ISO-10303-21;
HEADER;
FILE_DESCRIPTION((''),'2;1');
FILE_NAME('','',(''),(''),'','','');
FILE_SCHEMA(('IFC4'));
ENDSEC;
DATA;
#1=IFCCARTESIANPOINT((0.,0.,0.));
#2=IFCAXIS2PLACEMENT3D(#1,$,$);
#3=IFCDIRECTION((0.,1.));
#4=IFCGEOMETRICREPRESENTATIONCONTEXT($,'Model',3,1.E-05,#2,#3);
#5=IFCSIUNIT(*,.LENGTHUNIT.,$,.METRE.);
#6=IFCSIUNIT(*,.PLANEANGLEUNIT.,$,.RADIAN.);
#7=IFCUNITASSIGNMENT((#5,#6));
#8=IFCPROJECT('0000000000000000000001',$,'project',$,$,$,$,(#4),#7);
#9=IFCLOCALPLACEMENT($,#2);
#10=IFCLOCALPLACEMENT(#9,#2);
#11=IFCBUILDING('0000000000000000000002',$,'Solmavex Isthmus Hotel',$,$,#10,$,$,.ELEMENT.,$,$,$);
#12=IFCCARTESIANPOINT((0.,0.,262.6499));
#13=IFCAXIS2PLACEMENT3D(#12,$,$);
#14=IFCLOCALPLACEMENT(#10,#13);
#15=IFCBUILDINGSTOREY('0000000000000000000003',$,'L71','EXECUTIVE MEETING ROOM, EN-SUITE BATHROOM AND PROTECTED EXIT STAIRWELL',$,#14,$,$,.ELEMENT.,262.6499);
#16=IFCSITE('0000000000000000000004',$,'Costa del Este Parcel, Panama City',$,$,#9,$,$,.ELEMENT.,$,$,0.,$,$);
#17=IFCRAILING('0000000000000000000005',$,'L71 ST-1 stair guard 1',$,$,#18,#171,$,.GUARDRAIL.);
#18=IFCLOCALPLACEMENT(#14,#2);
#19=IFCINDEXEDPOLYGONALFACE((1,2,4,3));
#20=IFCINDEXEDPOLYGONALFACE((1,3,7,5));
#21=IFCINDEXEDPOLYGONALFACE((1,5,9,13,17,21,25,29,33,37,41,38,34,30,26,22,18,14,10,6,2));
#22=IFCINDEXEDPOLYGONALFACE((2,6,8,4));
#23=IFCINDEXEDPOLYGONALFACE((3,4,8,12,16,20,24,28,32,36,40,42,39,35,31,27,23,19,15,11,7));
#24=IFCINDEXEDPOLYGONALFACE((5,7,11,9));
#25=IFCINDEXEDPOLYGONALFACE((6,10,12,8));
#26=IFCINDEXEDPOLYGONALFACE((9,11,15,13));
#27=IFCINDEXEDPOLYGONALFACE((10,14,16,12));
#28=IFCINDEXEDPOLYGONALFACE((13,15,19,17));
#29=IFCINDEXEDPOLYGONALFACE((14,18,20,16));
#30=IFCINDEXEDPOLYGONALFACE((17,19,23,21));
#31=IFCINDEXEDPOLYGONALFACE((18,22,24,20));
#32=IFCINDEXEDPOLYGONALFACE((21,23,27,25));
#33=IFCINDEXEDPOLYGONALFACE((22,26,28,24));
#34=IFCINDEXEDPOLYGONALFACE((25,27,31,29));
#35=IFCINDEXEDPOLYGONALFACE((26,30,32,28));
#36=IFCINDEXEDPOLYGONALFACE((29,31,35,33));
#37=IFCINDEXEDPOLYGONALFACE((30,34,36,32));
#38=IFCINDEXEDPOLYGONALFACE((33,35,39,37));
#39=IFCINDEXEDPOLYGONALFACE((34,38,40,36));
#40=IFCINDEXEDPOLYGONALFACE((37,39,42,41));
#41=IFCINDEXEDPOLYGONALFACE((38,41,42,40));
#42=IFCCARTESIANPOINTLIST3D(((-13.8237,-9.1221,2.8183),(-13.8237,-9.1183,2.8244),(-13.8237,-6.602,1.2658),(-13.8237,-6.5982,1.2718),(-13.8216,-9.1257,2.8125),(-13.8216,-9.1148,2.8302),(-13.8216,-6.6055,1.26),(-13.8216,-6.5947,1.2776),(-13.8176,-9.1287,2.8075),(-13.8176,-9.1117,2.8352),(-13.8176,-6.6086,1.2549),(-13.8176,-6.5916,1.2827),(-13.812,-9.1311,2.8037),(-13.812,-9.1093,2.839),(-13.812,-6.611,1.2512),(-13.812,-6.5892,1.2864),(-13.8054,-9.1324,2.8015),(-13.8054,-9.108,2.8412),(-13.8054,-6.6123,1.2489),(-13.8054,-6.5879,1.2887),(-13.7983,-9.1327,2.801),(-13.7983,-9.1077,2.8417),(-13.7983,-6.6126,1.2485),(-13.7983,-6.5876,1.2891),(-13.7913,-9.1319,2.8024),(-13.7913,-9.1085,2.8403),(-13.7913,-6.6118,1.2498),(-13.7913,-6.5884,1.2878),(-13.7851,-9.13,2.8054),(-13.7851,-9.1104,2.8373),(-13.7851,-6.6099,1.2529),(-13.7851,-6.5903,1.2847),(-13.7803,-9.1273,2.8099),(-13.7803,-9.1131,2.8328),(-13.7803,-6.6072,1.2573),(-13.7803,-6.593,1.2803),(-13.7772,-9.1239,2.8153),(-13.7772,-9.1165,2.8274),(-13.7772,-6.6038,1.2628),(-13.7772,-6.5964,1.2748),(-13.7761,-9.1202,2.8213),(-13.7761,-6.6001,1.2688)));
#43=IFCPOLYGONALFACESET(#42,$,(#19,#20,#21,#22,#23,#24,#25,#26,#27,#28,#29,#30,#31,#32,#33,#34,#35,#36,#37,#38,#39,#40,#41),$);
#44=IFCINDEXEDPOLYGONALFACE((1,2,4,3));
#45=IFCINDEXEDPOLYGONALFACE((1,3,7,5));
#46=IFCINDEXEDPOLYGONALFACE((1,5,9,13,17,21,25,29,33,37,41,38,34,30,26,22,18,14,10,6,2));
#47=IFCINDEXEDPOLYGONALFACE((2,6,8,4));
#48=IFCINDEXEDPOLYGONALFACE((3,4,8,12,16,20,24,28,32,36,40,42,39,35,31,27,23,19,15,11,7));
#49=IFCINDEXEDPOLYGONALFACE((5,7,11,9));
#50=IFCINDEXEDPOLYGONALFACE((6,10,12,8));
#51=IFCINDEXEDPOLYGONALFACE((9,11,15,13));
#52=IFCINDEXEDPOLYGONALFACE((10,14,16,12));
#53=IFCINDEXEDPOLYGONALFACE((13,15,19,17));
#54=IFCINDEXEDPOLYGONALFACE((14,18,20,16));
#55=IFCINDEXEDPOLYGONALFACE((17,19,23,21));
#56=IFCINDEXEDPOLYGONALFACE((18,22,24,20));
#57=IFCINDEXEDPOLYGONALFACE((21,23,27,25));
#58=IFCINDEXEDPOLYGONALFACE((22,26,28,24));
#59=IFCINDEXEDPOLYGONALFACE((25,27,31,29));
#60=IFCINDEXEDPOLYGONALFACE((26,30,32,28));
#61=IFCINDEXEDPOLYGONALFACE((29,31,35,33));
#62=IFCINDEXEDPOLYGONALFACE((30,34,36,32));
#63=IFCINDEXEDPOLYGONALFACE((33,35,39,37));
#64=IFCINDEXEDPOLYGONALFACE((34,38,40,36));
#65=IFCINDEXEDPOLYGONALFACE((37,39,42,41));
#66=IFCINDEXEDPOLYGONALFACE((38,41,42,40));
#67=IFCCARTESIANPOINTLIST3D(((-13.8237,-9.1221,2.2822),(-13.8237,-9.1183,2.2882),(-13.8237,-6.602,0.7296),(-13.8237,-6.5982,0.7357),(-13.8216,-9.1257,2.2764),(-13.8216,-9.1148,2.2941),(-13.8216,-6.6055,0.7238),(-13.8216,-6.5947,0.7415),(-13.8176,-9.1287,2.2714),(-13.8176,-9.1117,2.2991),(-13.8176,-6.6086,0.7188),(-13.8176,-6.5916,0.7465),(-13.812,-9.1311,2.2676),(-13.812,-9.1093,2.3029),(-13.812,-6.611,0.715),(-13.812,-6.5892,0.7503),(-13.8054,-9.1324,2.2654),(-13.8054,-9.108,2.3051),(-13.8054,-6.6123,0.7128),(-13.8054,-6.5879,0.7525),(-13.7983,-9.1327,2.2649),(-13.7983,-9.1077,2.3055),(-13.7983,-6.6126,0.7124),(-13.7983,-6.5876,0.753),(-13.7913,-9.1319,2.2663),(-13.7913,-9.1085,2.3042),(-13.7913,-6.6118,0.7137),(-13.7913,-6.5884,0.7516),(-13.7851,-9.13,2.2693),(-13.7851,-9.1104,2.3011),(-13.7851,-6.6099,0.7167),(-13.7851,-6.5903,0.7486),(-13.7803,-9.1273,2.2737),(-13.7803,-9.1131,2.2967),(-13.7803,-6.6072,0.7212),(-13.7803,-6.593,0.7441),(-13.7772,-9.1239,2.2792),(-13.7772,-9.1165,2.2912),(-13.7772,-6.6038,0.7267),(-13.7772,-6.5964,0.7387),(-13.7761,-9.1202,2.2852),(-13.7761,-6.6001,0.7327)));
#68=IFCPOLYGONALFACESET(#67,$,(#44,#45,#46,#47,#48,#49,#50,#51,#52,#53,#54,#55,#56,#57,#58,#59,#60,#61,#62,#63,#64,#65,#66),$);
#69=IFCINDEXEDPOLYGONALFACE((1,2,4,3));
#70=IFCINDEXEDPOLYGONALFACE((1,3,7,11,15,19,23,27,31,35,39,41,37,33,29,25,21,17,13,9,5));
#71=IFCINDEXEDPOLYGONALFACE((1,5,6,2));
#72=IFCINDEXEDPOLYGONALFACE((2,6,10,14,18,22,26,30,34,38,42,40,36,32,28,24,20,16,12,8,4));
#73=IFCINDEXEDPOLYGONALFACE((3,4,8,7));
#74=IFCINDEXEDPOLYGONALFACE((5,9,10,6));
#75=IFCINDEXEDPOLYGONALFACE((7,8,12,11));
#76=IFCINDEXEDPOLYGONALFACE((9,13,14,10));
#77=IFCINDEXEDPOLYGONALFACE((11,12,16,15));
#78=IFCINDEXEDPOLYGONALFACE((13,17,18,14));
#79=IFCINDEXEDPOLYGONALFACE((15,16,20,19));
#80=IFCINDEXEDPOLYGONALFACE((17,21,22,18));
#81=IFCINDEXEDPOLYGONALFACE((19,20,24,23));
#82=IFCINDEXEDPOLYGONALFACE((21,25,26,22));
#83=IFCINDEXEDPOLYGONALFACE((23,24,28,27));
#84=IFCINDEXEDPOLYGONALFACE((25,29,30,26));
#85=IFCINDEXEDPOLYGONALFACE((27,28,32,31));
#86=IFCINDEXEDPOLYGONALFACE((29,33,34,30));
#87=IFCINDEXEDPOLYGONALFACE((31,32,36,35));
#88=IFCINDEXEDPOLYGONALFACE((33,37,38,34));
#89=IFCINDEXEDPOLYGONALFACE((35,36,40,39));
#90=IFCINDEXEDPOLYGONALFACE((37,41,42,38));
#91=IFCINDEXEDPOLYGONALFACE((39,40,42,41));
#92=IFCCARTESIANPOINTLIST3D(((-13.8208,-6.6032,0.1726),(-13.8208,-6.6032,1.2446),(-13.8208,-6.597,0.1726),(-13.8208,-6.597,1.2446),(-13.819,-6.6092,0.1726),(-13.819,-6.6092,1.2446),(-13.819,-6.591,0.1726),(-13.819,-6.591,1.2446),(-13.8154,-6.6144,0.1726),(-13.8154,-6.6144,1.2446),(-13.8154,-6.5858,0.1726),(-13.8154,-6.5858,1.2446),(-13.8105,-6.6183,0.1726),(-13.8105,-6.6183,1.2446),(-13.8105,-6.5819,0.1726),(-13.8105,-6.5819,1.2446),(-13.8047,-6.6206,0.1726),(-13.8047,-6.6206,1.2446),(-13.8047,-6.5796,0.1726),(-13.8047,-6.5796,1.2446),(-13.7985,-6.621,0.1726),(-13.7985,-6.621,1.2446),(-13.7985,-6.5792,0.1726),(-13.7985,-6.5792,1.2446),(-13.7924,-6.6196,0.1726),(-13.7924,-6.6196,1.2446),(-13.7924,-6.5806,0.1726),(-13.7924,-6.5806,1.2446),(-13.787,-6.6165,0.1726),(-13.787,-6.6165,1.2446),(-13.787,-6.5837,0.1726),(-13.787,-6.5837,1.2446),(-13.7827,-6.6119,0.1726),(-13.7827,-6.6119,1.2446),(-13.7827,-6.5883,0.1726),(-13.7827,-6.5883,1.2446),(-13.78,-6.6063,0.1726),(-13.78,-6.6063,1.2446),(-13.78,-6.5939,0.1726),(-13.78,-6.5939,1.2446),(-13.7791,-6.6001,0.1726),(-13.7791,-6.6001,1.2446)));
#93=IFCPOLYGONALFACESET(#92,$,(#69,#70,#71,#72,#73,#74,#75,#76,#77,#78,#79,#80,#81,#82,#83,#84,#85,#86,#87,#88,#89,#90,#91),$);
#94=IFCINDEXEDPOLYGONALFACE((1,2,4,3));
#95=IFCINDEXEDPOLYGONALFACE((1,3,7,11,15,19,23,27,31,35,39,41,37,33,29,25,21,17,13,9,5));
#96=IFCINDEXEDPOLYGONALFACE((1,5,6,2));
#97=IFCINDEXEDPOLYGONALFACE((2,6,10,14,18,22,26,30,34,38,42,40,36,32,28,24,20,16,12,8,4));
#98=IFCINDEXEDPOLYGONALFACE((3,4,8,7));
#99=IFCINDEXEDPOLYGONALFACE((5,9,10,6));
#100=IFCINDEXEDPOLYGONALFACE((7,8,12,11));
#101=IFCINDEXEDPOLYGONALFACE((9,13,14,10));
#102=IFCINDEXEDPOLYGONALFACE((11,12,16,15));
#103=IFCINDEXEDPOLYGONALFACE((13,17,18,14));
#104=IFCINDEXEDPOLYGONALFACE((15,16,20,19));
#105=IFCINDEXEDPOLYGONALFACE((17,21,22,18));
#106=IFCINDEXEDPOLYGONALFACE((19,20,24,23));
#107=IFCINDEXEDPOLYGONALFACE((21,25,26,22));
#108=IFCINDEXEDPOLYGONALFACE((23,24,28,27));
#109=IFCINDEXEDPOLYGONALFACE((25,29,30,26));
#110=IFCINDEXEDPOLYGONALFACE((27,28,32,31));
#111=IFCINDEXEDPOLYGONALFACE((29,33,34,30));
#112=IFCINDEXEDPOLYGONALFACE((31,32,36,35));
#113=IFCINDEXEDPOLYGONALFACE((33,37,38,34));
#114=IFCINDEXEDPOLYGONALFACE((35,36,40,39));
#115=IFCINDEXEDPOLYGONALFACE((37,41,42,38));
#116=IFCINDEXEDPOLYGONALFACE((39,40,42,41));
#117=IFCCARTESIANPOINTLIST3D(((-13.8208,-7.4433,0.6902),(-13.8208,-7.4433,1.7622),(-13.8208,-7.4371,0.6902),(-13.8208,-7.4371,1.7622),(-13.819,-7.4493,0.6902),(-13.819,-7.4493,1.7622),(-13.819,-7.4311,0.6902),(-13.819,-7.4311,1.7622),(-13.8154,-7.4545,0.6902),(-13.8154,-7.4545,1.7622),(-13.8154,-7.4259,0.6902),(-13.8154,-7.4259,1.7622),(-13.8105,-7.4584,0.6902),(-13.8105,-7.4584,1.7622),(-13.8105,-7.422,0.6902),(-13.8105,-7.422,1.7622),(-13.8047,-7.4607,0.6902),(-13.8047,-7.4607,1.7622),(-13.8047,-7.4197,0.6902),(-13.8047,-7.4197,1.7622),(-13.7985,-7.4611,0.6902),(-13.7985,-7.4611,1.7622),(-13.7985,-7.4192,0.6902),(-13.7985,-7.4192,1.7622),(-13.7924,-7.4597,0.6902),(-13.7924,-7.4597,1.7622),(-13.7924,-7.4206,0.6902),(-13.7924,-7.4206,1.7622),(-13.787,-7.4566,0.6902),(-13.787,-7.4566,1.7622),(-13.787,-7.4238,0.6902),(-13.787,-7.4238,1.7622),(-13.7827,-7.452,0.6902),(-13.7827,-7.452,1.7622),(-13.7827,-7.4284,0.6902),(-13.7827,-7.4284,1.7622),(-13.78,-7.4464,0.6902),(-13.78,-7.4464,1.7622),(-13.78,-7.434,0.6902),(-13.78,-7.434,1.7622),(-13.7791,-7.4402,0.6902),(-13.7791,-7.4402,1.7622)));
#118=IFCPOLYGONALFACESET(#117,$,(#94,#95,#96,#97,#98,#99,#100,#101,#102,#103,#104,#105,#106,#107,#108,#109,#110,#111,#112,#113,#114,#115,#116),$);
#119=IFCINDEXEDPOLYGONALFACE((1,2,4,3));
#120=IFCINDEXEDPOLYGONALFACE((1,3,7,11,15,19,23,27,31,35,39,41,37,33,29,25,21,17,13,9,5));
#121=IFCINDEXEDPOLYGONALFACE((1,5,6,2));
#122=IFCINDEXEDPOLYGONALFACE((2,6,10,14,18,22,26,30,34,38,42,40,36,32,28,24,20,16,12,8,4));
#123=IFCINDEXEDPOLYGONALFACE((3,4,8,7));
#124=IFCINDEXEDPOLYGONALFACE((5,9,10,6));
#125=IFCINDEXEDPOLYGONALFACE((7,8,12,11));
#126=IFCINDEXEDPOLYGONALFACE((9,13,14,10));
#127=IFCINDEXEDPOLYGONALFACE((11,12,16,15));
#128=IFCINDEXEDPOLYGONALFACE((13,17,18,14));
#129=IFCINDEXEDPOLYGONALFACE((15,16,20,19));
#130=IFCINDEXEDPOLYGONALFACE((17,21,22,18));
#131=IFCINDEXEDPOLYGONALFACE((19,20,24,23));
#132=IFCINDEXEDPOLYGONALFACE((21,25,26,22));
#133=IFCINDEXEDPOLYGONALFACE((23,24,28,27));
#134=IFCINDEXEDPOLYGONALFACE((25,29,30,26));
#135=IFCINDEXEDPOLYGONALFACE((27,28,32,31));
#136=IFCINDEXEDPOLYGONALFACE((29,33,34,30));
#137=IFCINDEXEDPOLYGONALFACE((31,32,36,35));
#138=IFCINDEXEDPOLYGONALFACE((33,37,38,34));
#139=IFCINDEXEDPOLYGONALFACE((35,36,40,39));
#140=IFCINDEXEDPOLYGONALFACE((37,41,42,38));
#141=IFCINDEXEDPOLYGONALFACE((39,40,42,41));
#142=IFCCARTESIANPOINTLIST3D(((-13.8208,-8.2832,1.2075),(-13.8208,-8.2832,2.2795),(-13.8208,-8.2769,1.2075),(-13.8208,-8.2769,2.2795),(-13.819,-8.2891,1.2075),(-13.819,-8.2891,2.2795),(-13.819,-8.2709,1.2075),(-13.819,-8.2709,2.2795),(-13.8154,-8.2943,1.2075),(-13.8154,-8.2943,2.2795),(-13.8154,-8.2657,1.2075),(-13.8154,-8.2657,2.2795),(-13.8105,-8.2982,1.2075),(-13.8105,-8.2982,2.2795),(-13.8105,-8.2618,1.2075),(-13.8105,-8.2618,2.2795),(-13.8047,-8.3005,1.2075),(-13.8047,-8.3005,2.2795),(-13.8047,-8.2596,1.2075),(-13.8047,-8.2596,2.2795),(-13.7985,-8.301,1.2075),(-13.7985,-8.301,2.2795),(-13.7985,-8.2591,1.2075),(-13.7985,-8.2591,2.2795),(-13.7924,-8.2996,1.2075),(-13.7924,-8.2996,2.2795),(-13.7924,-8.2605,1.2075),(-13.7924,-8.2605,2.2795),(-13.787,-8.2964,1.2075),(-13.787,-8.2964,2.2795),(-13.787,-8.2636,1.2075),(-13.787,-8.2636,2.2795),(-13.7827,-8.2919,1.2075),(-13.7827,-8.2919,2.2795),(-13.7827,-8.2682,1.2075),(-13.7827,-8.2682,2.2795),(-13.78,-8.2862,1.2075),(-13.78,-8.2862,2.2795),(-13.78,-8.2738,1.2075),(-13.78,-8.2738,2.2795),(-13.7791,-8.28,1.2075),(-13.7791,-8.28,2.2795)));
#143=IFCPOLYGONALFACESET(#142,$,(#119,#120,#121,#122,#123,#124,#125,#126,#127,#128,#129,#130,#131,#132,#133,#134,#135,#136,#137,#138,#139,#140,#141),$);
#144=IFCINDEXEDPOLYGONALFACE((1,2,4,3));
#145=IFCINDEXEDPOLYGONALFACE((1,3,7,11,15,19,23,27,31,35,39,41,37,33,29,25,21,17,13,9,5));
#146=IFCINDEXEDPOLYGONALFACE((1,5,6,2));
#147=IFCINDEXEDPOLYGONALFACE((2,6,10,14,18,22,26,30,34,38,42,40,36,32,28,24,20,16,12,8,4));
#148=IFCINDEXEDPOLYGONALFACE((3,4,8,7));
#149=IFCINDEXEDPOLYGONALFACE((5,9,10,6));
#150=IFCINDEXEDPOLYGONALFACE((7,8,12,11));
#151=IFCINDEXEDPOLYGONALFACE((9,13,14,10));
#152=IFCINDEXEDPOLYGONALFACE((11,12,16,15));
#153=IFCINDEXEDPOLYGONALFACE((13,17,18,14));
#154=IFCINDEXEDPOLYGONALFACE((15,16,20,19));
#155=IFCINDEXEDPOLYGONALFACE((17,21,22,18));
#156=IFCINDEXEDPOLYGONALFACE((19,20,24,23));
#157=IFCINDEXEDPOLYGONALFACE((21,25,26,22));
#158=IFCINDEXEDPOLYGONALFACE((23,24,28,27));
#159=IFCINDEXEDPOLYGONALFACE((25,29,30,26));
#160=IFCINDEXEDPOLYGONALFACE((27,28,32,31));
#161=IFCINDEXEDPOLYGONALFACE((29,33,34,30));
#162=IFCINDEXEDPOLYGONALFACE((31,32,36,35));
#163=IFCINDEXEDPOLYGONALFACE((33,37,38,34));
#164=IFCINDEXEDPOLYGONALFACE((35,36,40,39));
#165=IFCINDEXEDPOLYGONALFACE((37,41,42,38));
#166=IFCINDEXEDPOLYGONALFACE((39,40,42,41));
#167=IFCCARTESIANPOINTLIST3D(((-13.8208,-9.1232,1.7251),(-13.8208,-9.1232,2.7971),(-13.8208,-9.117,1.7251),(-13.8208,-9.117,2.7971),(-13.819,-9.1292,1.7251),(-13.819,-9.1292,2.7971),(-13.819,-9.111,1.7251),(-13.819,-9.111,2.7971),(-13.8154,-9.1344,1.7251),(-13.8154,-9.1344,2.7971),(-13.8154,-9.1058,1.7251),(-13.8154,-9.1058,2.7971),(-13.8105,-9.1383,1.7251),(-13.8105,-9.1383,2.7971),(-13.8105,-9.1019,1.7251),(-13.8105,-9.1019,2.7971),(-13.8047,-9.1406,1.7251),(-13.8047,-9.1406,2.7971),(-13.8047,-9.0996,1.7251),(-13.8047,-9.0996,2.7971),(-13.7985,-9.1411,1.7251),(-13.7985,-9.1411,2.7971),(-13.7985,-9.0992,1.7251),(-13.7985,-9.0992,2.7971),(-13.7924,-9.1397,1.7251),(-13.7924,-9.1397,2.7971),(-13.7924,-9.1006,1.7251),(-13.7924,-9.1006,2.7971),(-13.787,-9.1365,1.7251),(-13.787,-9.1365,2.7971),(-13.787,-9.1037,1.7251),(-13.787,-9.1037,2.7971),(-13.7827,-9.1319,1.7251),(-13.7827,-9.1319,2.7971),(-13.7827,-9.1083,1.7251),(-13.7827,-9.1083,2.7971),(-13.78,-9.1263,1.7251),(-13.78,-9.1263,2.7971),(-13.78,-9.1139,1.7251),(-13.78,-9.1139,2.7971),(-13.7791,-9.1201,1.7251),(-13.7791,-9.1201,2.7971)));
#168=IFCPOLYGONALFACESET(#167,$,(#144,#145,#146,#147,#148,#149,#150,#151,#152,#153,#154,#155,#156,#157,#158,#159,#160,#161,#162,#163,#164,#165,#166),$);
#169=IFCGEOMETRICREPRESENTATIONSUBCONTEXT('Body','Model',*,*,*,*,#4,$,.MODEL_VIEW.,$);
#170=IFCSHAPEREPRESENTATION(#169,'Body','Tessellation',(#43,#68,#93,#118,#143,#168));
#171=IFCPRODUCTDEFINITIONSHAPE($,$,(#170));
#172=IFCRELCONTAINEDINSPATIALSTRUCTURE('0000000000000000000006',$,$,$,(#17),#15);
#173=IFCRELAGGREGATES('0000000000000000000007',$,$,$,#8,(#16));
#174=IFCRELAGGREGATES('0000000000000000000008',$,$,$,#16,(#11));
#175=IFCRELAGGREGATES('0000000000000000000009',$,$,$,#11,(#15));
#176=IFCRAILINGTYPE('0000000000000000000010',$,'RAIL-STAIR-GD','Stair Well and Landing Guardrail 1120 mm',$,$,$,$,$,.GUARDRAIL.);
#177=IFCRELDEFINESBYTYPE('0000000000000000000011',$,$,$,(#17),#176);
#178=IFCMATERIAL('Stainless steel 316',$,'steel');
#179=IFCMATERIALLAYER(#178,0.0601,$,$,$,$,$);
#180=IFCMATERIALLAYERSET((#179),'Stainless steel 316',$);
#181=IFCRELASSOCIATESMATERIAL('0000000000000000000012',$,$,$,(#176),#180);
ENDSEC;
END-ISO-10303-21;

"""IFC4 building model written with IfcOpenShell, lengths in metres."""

from ifc_helpers import new_model, si_unit, direction, frame, origin, origin_2d, place, context, subcontext, project, spatial, circle, extrude, material, layer, layer_set, type_object, element, save


model = new_model("IFC4")

# Units and contexts
model_context = context("Model", 3, precision=1e-05, world=origin(), true_north=direction((0.0, 1.0)))
body_context = subcontext(model_context, "Body", "Model", "MODEL_VIEW")
ifc_project = project(units=[si_unit("LENGTHUNIT", "METRE"), si_unit("PLANEANGLEUNIT", "RADIAN")], contexts=[model_context])

# Site, building, storey
site_placement = place(None, origin())
site = spatial("IfcSite", under=ifc_project, at=site_placement, Name="Costa del Este Parcel, Panama City", CompositionType="ELEMENT", RefElevation=0.0)
building_placement = place(site_placement, origin())
building = spatial("IfcBuilding", under=site, at=building_placement, Name="Solmavex Isthmus Hotel", CompositionType="ELEMENT")
storey_placement = place(building_placement, frame((0.0, 0.0, 262.6499)))
storey = spatial("IfcBuildingStorey", under=building, at=storey_placement, Name="L71", Description="EXECUTIVE MEETING ROOM, EN-SUITE BATHROOM AND PROTECTED EXIT STAIRWELL", CompositionType="ELEMENT", Elevation=262.6499)

# Shared definitions
ifc_material_1 = material(Name="Stainless steel 316", Category="steel")

# Railing
ifc_layer_1 = layer(ifc_material_1, 0.0601)
ifc_layer_set_1 = layer_set([ifc_layer_1], Name="Stainless steel 316")
railing_type_1 = type_object("IfcRailingType", Name="RAIL-STAIR-GD", Description="Stair Well and Landing Guardrail 1120 mm", PredefinedType="GUARDRAIL", material=ifc_layer_set_1)
railing_1_placement = place(storey_placement, frame((-13.8, -6.6001, 0.1726)))
element("IfcRailing", 1, at=railing_1_placement, inside=storey, type_object=railing_type_1, Name="L71 ST-1 stair guard 1", PredefinedType="GUARDRAIL", context=body_context, shape_type="SweptSolid", body=[
    extrude(circle(Radius=0.0239, at=origin_2d()), frame((0.0, 0.0, 1.0962), z_axis=(0.0, -0.8514, 0.524516), x_axis=(1.0, 0.0, 0.0)), (0.0, 0.0, 1.0), 2.96),
    extrude(circle(Radius=0.0239, at=origin_2d()), frame((0.0, 0.0, 0.5601), z_axis=(0.0, -0.8514, 0.524516), x_axis=(1.0, 0.0, 0.0)), (0.0, 0.0, 1.0), 2.96),
    extrude(circle(Radius=0.021, at=origin_2d()), origin(), (0.0, 0.0, 1.0), 1.072),
    extrude(circle(Radius=0.021, at=origin_2d()), frame((0.0, -0.8401, 0.5176)), (0.0, 0.0, 1.0), 1.072),
    extrude(circle(Radius=0.021, at=origin_2d()), frame((0.0, -1.6799, 1.0349)), (0.0, 0.0, 1.0), 1.072),
    extrude(circle(Radius=0.021, at=origin_2d()), frame((0.0, -2.52, 1.5525)), (0.0, 0.0, 1.0), 1.072),
])

save(model, "model.ifc")
